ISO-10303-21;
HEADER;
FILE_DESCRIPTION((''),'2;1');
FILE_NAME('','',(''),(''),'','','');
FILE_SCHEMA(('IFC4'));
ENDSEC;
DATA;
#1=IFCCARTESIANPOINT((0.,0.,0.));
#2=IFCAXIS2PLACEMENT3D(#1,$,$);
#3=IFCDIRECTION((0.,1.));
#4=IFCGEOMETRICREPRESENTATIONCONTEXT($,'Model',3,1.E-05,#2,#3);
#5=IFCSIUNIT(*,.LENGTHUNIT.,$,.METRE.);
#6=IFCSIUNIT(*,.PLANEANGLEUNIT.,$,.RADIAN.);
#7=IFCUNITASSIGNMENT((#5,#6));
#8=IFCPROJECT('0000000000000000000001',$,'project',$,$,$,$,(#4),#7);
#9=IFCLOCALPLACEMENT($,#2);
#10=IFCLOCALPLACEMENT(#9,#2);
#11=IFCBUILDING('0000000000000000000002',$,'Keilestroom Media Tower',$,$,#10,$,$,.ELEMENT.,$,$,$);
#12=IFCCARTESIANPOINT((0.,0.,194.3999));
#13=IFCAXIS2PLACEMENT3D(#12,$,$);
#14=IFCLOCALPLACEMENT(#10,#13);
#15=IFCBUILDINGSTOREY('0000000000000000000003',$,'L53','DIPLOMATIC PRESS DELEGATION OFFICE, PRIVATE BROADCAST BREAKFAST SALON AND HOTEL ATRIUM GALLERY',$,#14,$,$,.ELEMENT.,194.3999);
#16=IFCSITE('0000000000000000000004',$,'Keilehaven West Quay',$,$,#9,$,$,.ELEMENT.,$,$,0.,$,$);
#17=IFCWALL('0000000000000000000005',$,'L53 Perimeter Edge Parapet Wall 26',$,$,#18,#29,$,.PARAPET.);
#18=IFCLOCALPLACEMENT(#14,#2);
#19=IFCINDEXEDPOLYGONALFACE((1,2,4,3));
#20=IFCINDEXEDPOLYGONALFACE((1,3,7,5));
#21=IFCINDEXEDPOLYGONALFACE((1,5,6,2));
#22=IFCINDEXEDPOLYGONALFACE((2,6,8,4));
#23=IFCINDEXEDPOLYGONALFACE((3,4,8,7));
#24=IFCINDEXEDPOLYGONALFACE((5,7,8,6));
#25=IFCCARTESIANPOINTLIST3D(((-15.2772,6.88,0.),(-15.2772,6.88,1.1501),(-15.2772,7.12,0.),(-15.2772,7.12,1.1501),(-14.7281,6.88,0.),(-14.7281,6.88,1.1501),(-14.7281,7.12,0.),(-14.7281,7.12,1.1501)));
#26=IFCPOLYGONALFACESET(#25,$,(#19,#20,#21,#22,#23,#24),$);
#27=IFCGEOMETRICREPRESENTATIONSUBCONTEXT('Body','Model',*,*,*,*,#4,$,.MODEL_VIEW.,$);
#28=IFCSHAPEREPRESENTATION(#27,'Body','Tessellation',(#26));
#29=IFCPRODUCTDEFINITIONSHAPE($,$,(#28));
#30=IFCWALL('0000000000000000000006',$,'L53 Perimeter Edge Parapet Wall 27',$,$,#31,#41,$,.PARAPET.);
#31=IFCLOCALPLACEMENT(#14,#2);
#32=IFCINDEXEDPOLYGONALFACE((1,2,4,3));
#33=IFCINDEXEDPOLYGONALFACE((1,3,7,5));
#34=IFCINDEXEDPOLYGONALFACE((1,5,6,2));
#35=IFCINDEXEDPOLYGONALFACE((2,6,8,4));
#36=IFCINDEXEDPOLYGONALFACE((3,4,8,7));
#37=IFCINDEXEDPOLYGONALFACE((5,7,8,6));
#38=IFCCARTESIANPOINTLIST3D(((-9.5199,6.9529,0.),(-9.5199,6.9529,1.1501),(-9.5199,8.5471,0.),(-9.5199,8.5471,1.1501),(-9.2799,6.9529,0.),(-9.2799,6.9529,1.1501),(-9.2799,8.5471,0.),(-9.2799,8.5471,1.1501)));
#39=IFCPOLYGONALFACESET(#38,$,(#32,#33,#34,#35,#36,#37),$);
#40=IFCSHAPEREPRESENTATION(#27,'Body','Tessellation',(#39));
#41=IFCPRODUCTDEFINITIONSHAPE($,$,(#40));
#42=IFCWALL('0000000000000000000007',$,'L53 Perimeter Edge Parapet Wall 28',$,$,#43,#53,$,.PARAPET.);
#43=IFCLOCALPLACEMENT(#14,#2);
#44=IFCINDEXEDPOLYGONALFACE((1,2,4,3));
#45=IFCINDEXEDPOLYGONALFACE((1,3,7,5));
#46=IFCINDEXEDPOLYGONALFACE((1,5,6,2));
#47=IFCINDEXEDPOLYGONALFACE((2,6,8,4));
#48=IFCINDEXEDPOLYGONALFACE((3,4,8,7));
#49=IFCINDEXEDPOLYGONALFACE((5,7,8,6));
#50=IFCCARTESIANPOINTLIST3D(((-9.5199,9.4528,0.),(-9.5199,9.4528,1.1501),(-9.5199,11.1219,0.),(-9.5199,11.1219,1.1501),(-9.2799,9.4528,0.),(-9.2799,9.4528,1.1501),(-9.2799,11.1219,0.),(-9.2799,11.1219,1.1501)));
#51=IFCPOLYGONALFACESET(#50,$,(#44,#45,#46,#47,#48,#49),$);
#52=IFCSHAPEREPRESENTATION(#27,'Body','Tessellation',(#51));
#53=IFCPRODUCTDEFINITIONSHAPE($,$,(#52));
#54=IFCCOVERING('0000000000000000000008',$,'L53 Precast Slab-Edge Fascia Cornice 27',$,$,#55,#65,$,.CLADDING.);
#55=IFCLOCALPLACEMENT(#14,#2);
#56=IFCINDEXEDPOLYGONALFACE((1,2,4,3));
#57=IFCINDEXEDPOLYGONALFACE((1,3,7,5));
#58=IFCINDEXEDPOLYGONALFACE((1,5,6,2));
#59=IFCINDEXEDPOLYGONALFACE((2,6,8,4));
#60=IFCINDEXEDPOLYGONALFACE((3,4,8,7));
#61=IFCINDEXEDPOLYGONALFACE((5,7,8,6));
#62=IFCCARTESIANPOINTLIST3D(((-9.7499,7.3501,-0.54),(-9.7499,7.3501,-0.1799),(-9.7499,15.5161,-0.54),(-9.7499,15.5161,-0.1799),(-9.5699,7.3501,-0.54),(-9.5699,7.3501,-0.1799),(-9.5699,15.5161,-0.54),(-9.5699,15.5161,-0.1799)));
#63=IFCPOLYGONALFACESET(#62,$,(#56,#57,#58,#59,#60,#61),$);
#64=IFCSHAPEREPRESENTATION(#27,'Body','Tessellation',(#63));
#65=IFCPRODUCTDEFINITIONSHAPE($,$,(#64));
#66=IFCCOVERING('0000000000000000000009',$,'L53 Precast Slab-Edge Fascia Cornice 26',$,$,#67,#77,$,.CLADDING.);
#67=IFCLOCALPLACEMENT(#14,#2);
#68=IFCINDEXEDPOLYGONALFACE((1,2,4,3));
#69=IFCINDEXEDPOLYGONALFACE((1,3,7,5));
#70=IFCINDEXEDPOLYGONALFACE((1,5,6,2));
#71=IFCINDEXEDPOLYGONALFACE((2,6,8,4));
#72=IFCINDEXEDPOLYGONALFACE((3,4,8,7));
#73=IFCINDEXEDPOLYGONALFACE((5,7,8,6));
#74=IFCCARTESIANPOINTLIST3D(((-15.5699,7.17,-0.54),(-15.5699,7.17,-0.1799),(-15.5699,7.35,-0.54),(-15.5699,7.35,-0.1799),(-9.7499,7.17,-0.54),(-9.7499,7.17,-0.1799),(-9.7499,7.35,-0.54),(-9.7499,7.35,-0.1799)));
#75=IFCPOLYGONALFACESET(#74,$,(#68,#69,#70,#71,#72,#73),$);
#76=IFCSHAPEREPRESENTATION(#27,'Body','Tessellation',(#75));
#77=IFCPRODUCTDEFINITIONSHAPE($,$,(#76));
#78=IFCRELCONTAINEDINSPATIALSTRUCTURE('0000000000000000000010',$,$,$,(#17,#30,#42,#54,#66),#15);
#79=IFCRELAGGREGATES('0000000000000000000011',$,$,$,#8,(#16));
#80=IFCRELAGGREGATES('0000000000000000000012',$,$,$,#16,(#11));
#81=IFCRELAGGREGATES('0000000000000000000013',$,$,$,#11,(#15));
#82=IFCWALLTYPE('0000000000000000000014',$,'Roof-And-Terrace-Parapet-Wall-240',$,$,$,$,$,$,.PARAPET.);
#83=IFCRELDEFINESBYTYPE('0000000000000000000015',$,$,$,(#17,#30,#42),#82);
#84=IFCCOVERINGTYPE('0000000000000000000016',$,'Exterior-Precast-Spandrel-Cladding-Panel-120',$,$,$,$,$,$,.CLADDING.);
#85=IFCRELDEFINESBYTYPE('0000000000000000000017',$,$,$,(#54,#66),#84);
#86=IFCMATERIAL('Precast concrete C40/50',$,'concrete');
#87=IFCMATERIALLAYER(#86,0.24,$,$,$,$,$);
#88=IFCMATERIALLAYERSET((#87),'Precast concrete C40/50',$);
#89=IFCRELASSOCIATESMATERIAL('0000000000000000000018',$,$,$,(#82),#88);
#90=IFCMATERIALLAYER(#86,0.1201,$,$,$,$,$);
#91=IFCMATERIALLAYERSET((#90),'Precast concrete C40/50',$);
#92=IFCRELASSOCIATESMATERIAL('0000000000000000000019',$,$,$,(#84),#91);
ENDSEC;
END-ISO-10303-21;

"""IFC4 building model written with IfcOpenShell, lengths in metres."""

from ifc_helpers import new_model, si_unit, direction, frame, frame_2d, origin, origin_2d, place, context, subcontext, project, spatial, rectangle, extrude, source, transform, mapped, material, layer, layer_set, type_object, element, save


model = new_model("IFC4")

# Units and contexts
model_context = context("Model", 3, precision=1e-05, world=origin(), true_north=direction((0.0, 1.0)))
body_context = subcontext(model_context, "Body", "Model", "MODEL_VIEW")
ifc_project = project(units=[si_unit("LENGTHUNIT", "METRE"), si_unit("PLANEANGLEUNIT", "RADIAN")], contexts=[model_context])

# Site, building, storey
site_placement = place(None, origin())
site = spatial("IfcSite", under=ifc_project, at=site_placement, Name="Keilehaven West Quay", CompositionType="ELEMENT", RefElevation=0.0)
building_placement = place(site_placement, origin())
building = spatial("IfcBuilding", under=site, at=building_placement, Name="Keilestroom Media Tower", CompositionType="ELEMENT")
storey_placement = place(building_placement, frame((0.0, 0.0, 194.3999)))
storey = spatial("IfcBuildingStorey", under=building, at=storey_placement, Name="L53", Description="DIPLOMATIC PRESS DELEGATION OFFICE, PRIVATE BROADCAST BREAKFAST SALON AND HOTEL ATRIUM GALLERY", CompositionType="ELEMENT", Elevation=194.3999)

# Shared definitions
ifc_material_1 = material(Name="Precast concrete C40/50", Category="concrete")

# Walls
ifc_layer_1 = layer(ifc_material_1, 0.24)
ifc_layer_set_1 = layer_set([ifc_layer_1], Name="Precast concrete C40/50")
wall_type_1 = type_object("IfcWallType", Name="Roof-And-Terrace-Parapet-Wall-240", PredefinedType="PARAPET", material=ifc_layer_set_1)
wall_1_placement = place(storey_placement, frame((-15.2771, 7.0, 0.0), z_axis=(0.0, 0.0, 1.0), x_axis=(1.0, 0.0, 0.0)))
element("IfcWall", 1, at=wall_1_placement, inside=storey, type_object=wall_type_1, Name="L53 Perimeter Edge Parapet Wall 26", PredefinedType="PARAPET", context=body_context, shape_type="SweptSolid", body=[
    extrude(rectangle(XDim=0.5491, YDim=0.24, at=frame_2d((0.2744, 0.0))), origin(), (0.0, 0.0, 1.0), 1.1501),
])
wall_2_placement = place(storey_placement, frame((-9.3999, 6.9529, 0.0), z_axis=(0.0, 0.0, 1.0), x_axis=(0.0, 1.0, 0.0)))
element("IfcWall", 2, at=wall_2_placement, inside=storey, type_object=wall_type_1, Name="L53 Perimeter Edge Parapet Wall 27", PredefinedType="PARAPET", context=body_context, shape_type="SweptSolid", body=[
    extrude(rectangle(XDim=1.5942, YDim=0.24, at=frame_2d((0.7971, 0.0))), origin(), (0.0, 0.0, 1.0), 1.1501),
])
wall_3_placement = place(storey_placement, frame((-9.3999, 9.4529, 0.0), z_axis=(0.0, 0.0, 1.0), x_axis=(0.0, 1.0, 0.0)))
element("IfcWall", 3, at=wall_3_placement, inside=storey, type_object=wall_type_1, Name="L53 Perimeter Edge Parapet Wall 28", PredefinedType="PARAPET", context=body_context, shape_type="SweptSolid", body=[
    extrude(rectangle(XDim=1.6692, YDim=0.24, at=frame_2d((0.8345, 0.0))), origin(), (0.0, 0.0, 1.0), 1.1501),
])

# Coverings
ifc_layer_2 = layer(ifc_material_1, 0.1201)
ifc_layer_set_2 = layer_set([ifc_layer_2], Name="Precast concrete C40/50")
covering_type = type_object("IfcCoveringType", Name="Exterior-Precast-Spandrel-Cladding-Panel-120", PredefinedType="CLADDING", material=ifc_layer_set_2)
shared_shape_1 = source(origin(), body_context, "Body", "SweptSolid", [
    extrude(rectangle(XDim=8.166, YDim=0.1799, at=origin_2d()), origin(), (0.0, 0.0, 1.0), 0.3601),
])
covering_1_placement = place(storey_placement, frame((-9.6599, 11.4331, -0.54), z_axis=(0.0, 0.0, 1.0), x_axis=(0.0, 1.0, 0.0)))
element("IfcCovering", 4, at=covering_1_placement, inside=storey, type_object=covering_type, Name="L53 Precast Slab-Edge Fascia Cornice 27", PredefinedType="CLADDING", context=body_context, shape_type="MappedRepresentation", body=[
    mapped(shared_shape_1, transform((0.0, 0.0, 0.0), x_axis=(1.0, 0.0, 0.0), y_axis=(0.0, 1.0, 0.0), z_axis=(0.0, 0.0, 1.0), scale=1.0)),
])
shared_shape_2 = source(origin(), body_context, "Body", "SweptSolid", [
    extrude(rectangle(XDim=5.8201, YDim=0.1799, at=origin_2d()), origin(), (0.0, 0.0, 1.0), 0.3601),
])
covering_2_placement = place(storey_placement, frame((-12.6599, 7.26, -0.54), z_axis=(0.0, 0.0, 1.0), x_axis=(1.0, 0.0, 0.0)))
element("IfcCovering", 5, at=covering_2_placement, inside=storey, type_object=covering_type, Name="L53 Precast Slab-Edge Fascia Cornice 26", PredefinedType="CLADDING", context=body_context, shape_type="MappedRepresentation", body=[
    mapped(shared_shape_2, transform((0.0, 0.0, 0.0), x_axis=(1.0, 0.0, 0.0), y_axis=(0.0, 1.0, 0.0), z_axis=(0.0, 0.0, 1.0), scale=1.0)),
])

save(model, "model.ifc")
